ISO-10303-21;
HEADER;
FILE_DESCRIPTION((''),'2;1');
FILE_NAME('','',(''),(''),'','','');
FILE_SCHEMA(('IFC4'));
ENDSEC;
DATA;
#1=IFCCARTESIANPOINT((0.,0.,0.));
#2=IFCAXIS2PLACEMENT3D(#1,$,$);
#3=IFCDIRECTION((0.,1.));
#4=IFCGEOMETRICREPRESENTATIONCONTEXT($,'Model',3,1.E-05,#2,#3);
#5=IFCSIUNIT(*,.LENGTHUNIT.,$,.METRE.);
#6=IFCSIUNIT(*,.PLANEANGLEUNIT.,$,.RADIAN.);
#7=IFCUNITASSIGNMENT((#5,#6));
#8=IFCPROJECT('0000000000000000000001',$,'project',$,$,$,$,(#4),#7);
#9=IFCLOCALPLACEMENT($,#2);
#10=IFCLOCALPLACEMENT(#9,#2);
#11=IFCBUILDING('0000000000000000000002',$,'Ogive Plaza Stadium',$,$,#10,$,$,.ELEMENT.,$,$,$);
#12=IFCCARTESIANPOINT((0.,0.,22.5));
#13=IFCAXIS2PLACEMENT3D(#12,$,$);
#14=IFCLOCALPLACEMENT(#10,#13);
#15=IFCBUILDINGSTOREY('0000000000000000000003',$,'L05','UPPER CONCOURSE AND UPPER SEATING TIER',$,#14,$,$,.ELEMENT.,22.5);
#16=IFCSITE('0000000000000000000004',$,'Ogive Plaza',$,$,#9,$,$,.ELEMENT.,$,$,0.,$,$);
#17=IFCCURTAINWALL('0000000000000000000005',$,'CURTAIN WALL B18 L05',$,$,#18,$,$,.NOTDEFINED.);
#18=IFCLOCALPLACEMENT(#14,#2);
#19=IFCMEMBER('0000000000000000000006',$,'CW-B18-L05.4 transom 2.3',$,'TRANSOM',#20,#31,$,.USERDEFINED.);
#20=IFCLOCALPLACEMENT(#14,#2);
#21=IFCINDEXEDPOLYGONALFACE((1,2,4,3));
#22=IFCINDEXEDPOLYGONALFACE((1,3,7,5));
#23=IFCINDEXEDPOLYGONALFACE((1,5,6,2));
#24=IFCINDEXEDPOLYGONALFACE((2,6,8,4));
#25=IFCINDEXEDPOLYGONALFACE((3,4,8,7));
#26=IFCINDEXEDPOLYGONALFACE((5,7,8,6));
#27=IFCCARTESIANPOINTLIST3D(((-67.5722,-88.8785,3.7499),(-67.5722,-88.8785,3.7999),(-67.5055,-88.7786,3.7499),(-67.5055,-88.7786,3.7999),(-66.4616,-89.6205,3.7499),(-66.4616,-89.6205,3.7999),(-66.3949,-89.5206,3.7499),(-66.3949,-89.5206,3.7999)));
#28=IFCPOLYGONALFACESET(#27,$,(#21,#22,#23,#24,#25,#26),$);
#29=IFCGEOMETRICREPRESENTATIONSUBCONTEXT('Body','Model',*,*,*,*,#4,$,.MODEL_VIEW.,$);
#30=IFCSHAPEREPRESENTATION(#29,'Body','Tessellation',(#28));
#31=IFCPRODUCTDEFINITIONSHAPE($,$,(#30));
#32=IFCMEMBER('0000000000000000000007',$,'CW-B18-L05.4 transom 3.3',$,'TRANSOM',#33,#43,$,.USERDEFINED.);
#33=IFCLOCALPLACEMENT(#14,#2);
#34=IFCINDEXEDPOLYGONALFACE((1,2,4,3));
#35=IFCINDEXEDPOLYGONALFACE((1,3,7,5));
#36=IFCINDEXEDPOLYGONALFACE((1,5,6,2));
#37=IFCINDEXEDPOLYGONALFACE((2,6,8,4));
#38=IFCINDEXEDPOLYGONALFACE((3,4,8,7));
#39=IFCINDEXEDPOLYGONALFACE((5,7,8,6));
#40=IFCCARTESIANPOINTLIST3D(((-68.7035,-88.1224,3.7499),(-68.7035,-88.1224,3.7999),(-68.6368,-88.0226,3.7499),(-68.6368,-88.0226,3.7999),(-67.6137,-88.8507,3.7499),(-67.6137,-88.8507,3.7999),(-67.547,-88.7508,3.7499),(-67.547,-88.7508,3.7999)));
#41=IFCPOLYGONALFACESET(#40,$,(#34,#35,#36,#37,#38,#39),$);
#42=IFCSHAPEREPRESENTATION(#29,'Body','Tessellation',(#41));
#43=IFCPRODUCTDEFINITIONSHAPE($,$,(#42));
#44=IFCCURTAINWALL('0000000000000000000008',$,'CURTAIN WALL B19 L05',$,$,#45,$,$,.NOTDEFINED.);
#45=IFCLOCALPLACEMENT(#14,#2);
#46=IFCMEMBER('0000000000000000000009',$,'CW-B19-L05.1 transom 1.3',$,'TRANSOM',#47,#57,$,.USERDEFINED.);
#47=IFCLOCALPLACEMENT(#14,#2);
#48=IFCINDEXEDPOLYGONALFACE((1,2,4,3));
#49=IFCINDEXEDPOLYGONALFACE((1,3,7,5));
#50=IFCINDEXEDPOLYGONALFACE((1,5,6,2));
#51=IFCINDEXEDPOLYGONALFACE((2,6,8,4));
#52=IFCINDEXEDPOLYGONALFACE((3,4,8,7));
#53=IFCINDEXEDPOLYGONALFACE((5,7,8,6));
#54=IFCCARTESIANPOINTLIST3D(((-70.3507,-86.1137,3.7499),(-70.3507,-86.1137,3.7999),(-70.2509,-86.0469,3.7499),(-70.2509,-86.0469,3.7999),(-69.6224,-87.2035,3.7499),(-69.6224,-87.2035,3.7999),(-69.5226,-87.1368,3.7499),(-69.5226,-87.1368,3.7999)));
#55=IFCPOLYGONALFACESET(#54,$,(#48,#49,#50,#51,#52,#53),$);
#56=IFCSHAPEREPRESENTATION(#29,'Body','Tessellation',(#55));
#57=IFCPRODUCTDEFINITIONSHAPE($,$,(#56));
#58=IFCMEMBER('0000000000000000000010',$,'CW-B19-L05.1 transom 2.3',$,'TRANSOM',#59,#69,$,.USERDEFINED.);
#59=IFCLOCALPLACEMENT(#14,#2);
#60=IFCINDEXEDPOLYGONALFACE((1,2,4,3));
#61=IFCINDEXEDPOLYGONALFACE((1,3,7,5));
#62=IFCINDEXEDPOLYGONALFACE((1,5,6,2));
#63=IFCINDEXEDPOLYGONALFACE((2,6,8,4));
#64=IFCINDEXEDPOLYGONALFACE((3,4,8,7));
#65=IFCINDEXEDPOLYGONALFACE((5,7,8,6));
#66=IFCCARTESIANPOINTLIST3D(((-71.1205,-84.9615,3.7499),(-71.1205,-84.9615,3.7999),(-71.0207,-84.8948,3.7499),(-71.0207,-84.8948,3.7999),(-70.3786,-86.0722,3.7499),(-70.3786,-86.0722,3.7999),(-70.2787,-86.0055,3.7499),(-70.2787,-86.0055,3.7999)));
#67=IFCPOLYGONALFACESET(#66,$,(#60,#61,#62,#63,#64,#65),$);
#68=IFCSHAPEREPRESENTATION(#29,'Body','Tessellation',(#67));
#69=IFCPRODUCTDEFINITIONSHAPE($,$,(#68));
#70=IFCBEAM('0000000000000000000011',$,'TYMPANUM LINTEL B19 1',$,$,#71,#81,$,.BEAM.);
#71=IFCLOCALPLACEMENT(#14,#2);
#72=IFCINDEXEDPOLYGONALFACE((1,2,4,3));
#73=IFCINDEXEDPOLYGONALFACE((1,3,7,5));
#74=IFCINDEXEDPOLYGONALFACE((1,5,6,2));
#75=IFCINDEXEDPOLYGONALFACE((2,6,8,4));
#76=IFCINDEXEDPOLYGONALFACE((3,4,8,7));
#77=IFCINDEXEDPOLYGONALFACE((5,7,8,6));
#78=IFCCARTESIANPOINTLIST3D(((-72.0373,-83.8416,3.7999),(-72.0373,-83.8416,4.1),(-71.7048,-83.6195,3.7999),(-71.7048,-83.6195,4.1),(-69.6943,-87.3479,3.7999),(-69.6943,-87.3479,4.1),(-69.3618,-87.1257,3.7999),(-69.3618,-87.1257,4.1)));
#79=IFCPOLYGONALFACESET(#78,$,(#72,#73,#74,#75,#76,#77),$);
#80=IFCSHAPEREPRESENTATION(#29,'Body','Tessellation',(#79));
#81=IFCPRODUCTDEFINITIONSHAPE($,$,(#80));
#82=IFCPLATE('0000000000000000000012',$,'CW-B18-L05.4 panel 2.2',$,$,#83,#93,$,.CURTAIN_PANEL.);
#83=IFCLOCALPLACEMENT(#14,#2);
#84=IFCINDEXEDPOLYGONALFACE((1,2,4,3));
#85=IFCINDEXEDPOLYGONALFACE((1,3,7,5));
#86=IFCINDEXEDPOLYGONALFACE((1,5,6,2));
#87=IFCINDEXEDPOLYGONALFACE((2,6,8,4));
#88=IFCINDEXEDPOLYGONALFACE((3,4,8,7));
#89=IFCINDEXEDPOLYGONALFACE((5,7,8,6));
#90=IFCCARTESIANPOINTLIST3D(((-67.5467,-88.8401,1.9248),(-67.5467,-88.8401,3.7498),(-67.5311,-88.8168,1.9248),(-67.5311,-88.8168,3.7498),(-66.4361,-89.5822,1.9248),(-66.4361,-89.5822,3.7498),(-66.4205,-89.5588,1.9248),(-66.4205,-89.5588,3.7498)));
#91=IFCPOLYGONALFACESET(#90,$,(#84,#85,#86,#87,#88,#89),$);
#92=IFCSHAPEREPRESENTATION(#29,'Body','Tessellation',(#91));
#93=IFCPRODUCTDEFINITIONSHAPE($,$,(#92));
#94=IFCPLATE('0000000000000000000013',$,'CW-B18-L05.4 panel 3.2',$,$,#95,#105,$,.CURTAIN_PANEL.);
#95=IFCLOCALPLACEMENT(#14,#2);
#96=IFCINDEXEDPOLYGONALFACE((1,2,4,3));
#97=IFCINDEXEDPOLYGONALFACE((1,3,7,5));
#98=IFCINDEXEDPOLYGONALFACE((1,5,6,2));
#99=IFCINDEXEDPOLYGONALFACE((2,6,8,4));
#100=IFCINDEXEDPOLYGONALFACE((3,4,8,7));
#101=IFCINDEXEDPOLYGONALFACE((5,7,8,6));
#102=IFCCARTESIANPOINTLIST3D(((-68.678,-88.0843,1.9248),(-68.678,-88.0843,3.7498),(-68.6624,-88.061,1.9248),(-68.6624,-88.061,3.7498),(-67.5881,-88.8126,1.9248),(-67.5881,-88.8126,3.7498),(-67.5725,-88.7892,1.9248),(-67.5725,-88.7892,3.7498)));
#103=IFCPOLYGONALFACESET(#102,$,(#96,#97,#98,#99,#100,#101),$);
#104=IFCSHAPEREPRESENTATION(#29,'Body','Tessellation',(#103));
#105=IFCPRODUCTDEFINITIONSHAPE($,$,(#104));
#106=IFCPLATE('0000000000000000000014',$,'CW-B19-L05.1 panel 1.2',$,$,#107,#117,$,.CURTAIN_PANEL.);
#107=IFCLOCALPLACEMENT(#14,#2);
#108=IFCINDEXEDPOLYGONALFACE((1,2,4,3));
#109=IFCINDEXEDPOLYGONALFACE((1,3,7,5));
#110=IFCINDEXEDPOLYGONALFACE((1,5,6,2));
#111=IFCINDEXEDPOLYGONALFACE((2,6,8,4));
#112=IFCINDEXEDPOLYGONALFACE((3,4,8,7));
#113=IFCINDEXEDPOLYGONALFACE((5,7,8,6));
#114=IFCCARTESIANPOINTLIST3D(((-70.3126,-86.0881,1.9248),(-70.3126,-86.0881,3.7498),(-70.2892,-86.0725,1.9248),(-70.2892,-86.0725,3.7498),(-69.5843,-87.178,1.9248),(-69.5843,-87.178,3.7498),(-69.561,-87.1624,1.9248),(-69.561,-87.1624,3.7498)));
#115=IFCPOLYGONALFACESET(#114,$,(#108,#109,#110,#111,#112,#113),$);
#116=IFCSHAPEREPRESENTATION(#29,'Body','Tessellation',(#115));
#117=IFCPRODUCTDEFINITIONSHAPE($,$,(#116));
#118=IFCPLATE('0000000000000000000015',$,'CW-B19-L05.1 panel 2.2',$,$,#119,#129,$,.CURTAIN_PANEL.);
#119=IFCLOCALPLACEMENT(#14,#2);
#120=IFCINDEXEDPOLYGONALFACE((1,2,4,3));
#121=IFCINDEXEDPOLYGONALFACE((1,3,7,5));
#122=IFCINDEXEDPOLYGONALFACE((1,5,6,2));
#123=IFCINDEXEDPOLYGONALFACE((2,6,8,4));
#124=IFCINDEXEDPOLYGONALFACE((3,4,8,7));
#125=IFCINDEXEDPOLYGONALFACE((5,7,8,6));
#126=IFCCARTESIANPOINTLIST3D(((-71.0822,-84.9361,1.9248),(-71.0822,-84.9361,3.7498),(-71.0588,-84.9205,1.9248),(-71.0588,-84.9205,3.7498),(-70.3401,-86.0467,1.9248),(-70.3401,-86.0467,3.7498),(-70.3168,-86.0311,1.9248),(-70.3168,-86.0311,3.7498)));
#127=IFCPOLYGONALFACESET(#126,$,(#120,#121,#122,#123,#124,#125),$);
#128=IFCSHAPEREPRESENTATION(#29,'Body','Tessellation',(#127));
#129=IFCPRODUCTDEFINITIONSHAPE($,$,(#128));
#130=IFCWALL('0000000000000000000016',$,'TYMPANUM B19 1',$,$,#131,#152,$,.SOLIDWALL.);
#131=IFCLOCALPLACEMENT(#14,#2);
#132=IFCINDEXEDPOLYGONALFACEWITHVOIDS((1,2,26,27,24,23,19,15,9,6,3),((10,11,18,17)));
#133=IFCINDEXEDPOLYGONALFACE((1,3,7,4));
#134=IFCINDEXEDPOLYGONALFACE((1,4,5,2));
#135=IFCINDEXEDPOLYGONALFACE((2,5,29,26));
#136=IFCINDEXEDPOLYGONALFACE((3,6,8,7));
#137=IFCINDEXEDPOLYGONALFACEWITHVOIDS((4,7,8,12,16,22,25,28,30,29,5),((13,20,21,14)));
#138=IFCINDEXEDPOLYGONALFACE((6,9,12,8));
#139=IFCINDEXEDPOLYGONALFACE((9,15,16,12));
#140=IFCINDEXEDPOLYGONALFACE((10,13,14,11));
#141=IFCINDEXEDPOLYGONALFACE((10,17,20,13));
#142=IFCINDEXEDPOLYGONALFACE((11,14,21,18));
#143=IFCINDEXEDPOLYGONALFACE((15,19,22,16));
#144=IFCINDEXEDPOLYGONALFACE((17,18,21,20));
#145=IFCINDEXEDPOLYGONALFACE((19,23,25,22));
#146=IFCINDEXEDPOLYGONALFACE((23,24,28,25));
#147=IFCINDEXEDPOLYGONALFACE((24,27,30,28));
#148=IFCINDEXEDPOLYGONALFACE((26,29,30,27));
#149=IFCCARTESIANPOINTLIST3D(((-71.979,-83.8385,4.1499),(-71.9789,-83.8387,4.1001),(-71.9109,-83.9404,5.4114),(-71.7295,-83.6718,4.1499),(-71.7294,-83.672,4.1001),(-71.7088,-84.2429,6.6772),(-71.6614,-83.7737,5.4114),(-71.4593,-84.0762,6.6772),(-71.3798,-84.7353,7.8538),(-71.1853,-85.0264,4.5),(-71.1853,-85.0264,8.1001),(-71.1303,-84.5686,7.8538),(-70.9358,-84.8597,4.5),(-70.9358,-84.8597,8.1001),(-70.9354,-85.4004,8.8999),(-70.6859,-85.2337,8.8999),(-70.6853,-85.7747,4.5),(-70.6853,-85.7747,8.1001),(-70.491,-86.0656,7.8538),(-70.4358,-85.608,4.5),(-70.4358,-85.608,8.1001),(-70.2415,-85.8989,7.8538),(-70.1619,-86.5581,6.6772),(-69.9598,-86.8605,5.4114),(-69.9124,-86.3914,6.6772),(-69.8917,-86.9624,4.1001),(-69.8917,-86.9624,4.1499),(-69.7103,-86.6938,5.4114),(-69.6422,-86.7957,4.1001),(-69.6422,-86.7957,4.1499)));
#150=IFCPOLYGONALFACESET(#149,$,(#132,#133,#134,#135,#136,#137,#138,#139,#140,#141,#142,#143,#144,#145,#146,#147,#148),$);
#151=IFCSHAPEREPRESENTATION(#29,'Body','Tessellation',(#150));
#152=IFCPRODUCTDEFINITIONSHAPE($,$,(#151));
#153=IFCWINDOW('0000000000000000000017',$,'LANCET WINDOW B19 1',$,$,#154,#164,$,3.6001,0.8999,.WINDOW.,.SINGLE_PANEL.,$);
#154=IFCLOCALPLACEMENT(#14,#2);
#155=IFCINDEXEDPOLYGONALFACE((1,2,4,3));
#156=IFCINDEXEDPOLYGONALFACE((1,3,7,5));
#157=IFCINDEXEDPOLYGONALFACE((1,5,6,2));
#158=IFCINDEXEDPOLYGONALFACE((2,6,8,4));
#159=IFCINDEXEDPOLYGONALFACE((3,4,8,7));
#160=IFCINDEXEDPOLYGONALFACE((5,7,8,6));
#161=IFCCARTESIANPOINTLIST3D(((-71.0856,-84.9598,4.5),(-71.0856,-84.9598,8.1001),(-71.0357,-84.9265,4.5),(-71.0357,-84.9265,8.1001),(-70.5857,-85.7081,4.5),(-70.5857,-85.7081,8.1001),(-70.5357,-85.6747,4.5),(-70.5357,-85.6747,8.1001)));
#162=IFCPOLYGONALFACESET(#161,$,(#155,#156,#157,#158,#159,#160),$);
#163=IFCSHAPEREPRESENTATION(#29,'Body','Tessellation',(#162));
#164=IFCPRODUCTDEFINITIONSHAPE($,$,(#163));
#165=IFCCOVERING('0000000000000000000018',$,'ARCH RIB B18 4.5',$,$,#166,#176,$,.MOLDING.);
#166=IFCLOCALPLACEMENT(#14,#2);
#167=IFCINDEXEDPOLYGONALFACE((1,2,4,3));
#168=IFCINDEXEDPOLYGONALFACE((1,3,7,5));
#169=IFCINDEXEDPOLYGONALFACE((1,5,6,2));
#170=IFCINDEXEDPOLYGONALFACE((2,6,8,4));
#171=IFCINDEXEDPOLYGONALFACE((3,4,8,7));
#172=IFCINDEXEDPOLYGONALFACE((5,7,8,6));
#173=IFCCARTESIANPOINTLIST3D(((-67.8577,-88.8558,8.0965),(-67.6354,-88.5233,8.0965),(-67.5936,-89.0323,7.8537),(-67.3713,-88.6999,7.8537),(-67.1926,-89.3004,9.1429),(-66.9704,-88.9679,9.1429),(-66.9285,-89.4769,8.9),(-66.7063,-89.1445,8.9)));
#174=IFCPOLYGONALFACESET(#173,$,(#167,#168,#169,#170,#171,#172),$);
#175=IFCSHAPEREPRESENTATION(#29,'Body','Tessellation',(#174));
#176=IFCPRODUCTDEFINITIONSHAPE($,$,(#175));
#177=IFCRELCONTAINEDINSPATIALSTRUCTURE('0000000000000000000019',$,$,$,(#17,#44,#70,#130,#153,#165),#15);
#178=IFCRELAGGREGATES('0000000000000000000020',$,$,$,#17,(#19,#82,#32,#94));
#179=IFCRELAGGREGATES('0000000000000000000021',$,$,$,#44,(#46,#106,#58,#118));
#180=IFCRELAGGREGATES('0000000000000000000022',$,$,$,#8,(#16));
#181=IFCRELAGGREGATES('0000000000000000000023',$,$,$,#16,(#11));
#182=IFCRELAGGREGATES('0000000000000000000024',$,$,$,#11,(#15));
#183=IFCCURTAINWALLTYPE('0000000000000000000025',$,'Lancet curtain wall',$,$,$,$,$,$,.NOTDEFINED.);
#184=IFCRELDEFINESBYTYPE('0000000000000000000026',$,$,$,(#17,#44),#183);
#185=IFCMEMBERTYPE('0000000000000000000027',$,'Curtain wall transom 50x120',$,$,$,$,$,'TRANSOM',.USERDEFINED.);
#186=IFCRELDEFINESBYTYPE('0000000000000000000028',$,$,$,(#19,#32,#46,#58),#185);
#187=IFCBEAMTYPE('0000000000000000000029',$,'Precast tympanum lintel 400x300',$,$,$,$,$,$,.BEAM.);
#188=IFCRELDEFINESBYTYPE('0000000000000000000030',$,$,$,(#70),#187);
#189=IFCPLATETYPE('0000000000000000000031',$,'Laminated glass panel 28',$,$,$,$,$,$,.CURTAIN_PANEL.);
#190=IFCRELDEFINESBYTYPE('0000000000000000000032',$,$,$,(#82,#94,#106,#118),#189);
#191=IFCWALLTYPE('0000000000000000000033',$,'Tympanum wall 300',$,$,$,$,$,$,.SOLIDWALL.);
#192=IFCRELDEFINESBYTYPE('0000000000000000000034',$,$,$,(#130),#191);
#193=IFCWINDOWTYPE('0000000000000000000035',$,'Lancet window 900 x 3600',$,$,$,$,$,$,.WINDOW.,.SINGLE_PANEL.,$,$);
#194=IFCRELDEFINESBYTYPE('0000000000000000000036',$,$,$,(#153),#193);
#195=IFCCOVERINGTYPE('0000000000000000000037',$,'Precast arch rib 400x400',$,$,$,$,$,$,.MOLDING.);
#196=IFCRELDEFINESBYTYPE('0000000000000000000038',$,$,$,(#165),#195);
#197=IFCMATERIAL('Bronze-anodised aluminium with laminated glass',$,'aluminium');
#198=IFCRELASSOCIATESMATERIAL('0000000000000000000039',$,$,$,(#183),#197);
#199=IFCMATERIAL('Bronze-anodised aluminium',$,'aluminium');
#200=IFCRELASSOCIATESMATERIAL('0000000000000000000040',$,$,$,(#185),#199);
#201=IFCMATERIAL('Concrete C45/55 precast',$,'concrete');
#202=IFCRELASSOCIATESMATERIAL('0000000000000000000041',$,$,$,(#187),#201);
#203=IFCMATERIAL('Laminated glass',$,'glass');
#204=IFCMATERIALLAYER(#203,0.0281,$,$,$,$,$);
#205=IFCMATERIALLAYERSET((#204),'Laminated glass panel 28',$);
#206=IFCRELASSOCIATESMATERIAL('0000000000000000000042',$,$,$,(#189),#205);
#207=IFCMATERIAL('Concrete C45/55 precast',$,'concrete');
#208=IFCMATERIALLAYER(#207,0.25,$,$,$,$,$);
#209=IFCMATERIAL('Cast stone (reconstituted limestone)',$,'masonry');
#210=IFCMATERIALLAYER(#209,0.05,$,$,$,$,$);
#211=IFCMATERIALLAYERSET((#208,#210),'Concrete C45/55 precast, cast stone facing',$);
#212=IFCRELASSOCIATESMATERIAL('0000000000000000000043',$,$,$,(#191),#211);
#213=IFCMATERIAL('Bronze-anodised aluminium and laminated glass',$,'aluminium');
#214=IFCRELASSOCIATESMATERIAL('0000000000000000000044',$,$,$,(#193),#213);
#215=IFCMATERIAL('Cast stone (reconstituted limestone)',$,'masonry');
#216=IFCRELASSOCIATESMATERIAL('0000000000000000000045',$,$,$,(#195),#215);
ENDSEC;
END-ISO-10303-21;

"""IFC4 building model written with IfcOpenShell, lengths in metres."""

from ifc_helpers import new_model, si_unit, direction, frame, frame_2d, origin, origin_2d, place, context, subcontext, project, spatial, polyline, rectangle, outline, extrude, material, layer, layer_set, material_profile, profile_set, type_object, element, fill, aggregate, save


model = new_model("IFC4")

# Units and contexts
model_context = context("Model", 3, precision=1e-05, world=origin(), true_north=direction((0.0, 1.0)))
body_context = subcontext(model_context, "Body", "Model", "MODEL_VIEW")
ifc_project = project(units=[si_unit("LENGTHUNIT", "METRE"), si_unit("PLANEANGLEUNIT", "RADIAN")], contexts=[model_context])

# Site, building, storey
site_placement = place(None, origin())
site = spatial("IfcSite", under=ifc_project, at=site_placement, Name="Ogive Plaza", CompositionType="ELEMENT", RefElevation=0.0)
building_placement = place(site_placement, origin())
building = spatial("IfcBuilding", under=site, at=building_placement, Name="Ogive Plaza Stadium", CompositionType="ELEMENT")
storey_placement = place(building_placement, frame((0.0, 0.0, 22.5)))
storey = spatial("IfcBuildingStorey", under=building, at=storey_placement, Name="L05", Description="UPPER CONCOURSE AND UPPER SEATING TIER", CompositionType="ELEMENT", Elevation=22.5)

# Curtain walls, members
ifc_material_1 = material(Name="Bronze-anodised aluminium with laminated glass", Category="aluminium")
curtain_wall_type = type_object("IfcCurtainWallType", Name="Lancet curtain wall", PredefinedType="NOTDEFINED", material=ifc_material_1)
curtain_wall_1_placement = place(storey_placement, origin())
curtain_wall_1 = element("IfcCurtainWall", 1, at=curtain_wall_1_placement, inside=storey, type_object=curtain_wall_type, Name="CURTAIN WALL B18 L05", PredefinedType="NOTDEFINED")
ifc_material_2 = material(Name="Bronze-anodised aluminium", Category="aluminium")
ifc_material_profile_1 = material_profile(ifc_material_2, rectangle(XDim=0.1201, YDim=0.05, at=origin_2d()), Name="AL 120x50")
ifc_profile_set_1 = profile_set([ifc_material_profile_1], Name="Bronze-anodised aluminium")
member_type = type_object("IfcMemberType", Name="Curtain wall transom 50x120", ElementType="TRANSOM", PredefinedType="USERDEFINED", material=ifc_profile_set_1)
member_1_placement = place(storey_placement, frame((-66.4282, -89.5706, 3.7749), z_axis=(-0.831516, 0.555501, 0.0), x_axis=(-0.555501, -0.831516, 0.0)))
member_1 = element("IfcMember", 2, at=member_1_placement, type_object=member_type, Name="CW-B18-L05.4 transom 2.3", ObjectType="TRANSOM", PredefinedType="USERDEFINED", context=body_context, shape_type="SweptSolid", body=[
    extrude(rectangle(XDim=0.1201, YDim=0.05, at=origin_2d()), origin(), (0.0, 0.0, 1.0), 1.3357),
])
member_2_placement = place(storey_placement, frame((-67.5803, -88.8008, 3.7749), z_axis=(-0.831448, 0.555602, 0.0), x_axis=(-0.555602, -0.831448, 0.0)))
member_2 = element("IfcMember", 3, at=member_2_placement, type_object=member_type, Name="CW-B18-L05.4 transom 3.3", ObjectType="TRANSOM", PredefinedType="USERDEFINED", context=body_context, shape_type="SweptSolid", body=[
    extrude(rectangle(XDim=0.1201, YDim=0.05, at=origin_2d()), origin(), (0.0, 0.0, 1.0), 1.3108),
])
curtain_wall_2_placement = place(storey_placement, origin())
curtain_wall_2 = element("IfcCurtainWall", 4, at=curtain_wall_2_placement, inside=storey, type_object=curtain_wall_type, Name="CURTAIN WALL B19 L05", PredefinedType="NOTDEFINED")
member_3_placement = place(storey_placement, frame((-69.5725, -87.1702, 3.7749), z_axis=(-0.555602, 0.831448, 0.0), x_axis=(-0.831448, -0.555602, 0.0)))
member_3 = element("IfcMember", 5, at=member_3_placement, type_object=member_type, Name="CW-B19-L05.1 transom 1.3", ObjectType="TRANSOM", PredefinedType="USERDEFINED", context=body_context, shape_type="SweptSolid", body=[
    extrude(rectangle(XDim=0.1201, YDim=0.05, at=origin_2d()), origin(), (0.0, 0.0, 1.0), 1.3108),
])
member_4_placement = place(storey_placement, frame((-70.3286, -86.0388, 3.7749), z_axis=(-0.555501, 0.831516, 0.0), x_axis=(-0.831516, -0.555501, 0.0)))
member_4 = element("IfcMember", 6, at=member_4_placement, type_object=member_type, Name="CW-B19-L05.1 transom 2.3", ObjectType="TRANSOM", PredefinedType="USERDEFINED", context=body_context, shape_type="SweptSolid", body=[
    extrude(rectangle(XDim=0.1201, YDim=0.05, at=origin_2d()), origin(), (0.0, 0.0, 1.0), 1.3357),
])

# Beam
ifc_material_3 = material(Name="Concrete C45/55 precast", Category="concrete")
ifc_material_profile_2 = material_profile(ifc_material_3, rectangle(XDim=0.3999, YDim=0.3, at=origin_2d()), Name="RC 400x300")
ifc_profile_set_2 = profile_set([ifc_material_profile_2], Name="Concrete C45/55 precast")
beam_type = type_object("IfcBeamType", Name="Precast tympanum lintel 400x300", PredefinedType="BEAM", material=ifc_profile_set_2)
beam_placement = place(storey_placement, frame((-69.5281, -87.2368, 3.95), z_axis=(-0.555595, 0.831453, 0.0), x_axis=(-0.831453, -0.555595, 0.0)))
element("IfcBeam", 7, at=beam_placement, inside=storey, type_object=beam_type, Name="TYMPANUM LINTEL B19 1", PredefinedType="BEAM", context=body_context, shape_type="SweptSolid", body=[
    extrude(rectangle(XDim=0.3999, YDim=0.3, at=origin_2d()), origin(), (0.0, 0.0, 1.0), 4.217),
])

# Plates
ifc_material_4 = material(Name="Laminated glass", Category="glass")
ifc_layer_1 = layer(ifc_material_4, 0.0281)
ifc_layer_set_1 = layer_set([ifc_layer_1], Name="Laminated glass panel 28")
plate_type = type_object("IfcPlateType", Name="Laminated glass panel 28", PredefinedType="CURTAIN_PANEL", material=ifc_layer_set_1)
plate_1_placement = place(storey_placement, frame((-66.9836, -89.1995, 1.9248), z_axis=(0.0, 0.0, 1.0), x_axis=(-0.83147, 0.55557, 0.0)))
plate_1 = element("IfcPlate", 8, at=plate_1_placement, type_object=plate_type, Name="CW-B18-L05.4 panel 2.2", PredefinedType="CURTAIN_PANEL", context=body_context, shape_type="SweptSolid", body=[
    extrude(rectangle(XDim=1.3357, YDim=0.0281, at=origin_2d()), origin(), (0.0, 0.0, 1.0), 1.825),
])
plate_2_placement = place(storey_placement, frame((-68.1252, -88.4368, 1.9248), z_axis=(0.0, 0.0, 1.0), x_axis=(-0.83147, 0.55557, 0.0)))
plate_2 = element("IfcPlate", 9, at=plate_2_placement, type_object=plate_type, Name="CW-B18-L05.4 panel 3.2", PredefinedType="CURTAIN_PANEL", context=body_context, shape_type="SweptSolid", body=[
    extrude(rectangle(XDim=1.3108, YDim=0.0281, at=origin_2d()), origin(), (0.0, 0.0, 1.0), 1.825),
])
aggregate(curtain_wall_1, [member_1, plate_1, member_2, plate_2])
plate_3_placement = place(storey_placement, frame((-69.9368, -86.6252, 1.9248), z_axis=(0.0, 0.0, 1.0), x_axis=(-0.55557, 0.83147, 0.0)))
plate_3 = element("IfcPlate", 10, at=plate_3_placement, type_object=plate_type, Name="CW-B19-L05.1 panel 1.2", PredefinedType="CURTAIN_PANEL", context=body_context, shape_type="SweptSolid", body=[
    extrude(rectangle(XDim=1.3108, YDim=0.0281, at=origin_2d()), origin(), (0.0, 0.0, 1.0), 1.825),
])
plate_4_placement = place(storey_placement, frame((-70.6995, -85.4836, 1.9248), z_axis=(0.0, 0.0, 1.0), x_axis=(-0.55557, 0.83147, 0.0)))
plate_4 = element("IfcPlate", 11, at=plate_4_placement, type_object=plate_type, Name="CW-B19-L05.1 panel 2.2", PredefinedType="CURTAIN_PANEL", context=body_context, shape_type="SweptSolid", body=[
    extrude(rectangle(XDim=1.3357, YDim=0.0281, at=origin_2d()), origin(), (0.0, 0.0, 1.0), 1.825),
])
aggregate(curtain_wall_2, [member_3, plate_3, member_4, plate_4])

# Wall, opening, window
ifc_material_5 = material(Name="Concrete C45/55 precast", Category="concrete")
ifc_layer_2 = layer(ifc_material_5, 0.25)
ifc_material_6 = material(Name="Cast stone (reconstituted limestone)", Category="masonry")
ifc_layer_3 = layer(ifc_material_6, 0.05)
ifc_layer_set_2 = layer_set([ifc_layer_2, ifc_layer_3], Name="Concrete C45/55 precast, cast stone facing")
wall_type = type_object("IfcWallType", Name="Tympanum wall 300", PredefinedType="SOLIDWALL", material=ifc_layer_set_2)
wall_placement = place(storey_placement, frame((-69.7671, -86.8792, 4.1001), z_axis=(0.0, 0.0, 1.0), x_axis=(-0.555555, 0.83148, 0.0)))
wall = element("IfcWall", 12, at=wall_placement, inside=storey, type_object=wall_type, Name="TYMPANUM B19 1", PredefinedType="SOLIDWALL", context=body_context, shape_type="SweptSolid", body=[
    extrude(outline(polyline([(0.0, 0.0), (3.7568, 0.0), (3.7571, 0.0498), (3.6345, 1.3113), (3.2708, 2.5771), (2.6785, 3.7537), (1.8787, 4.7998), (1.0786, 3.7537), (0.4863, 2.5771), (0.1226, 1.3113), (0.0, 0.0498), (0.0, 0.0)])), frame((0.0, 0.1499, 0.0), z_axis=(0.0, -1.0, 0.0), x_axis=(1.0, 0.0, 0.0)), (0.0, 0.0, 1.0), 0.3),
])
opening_placement = place(wall_placement, frame((1.4285, 0.0, 0.3999)))
opening = element("IfcOpeningElement", 13, at=opening_placement, cuts=wall, PredefinedType="OPENING", context=body_context, shape_type="SweptSolid", body=[
    extrude(rectangle(XDim=0.8999, YDim=3.6001, at=frame_2d((0.45, 1.8))), frame((0.0, 0.1602, 0.0), z_axis=(0.0, -1.0, 0.0), x_axis=(1.0, 0.0, 0.0)), (0.0, 0.0, 1.0), 0.3201),
])
ifc_material_7 = material(Name="Bronze-anodised aluminium and laminated glass", Category="aluminium")
window_type = type_object("IfcWindowType", Name="Lancet window 900 x 3600", PartitioningType="SINGLE_PANEL", PredefinedType="WINDOW", material=ifc_material_7)
window_placement = place(opening_placement, origin())
window = element("IfcWindow", 14, at=window_placement, inside=storey, type_object=window_type, Name="LANCET WINDOW B19 1", OverallHeight=3.6001, OverallWidth=0.8999, PartitioningType="SINGLE_PANEL", PredefinedType="WINDOW", context=body_context, shape_type="SweptSolid", body=[
    extrude(rectangle(XDim=0.8999, YDim=3.6001, at=frame_2d((0.45, 1.8))), frame((0.0, 0.03, 0.0), z_axis=(0.0, -1.0, 0.0), x_axis=(1.0, 0.0, 0.0)), (0.0, 0.0, 1.0), 0.0601),
])
fill(opening, window)

# Covering
ifc_material_8 = material(Name="Cast stone (reconstituted limestone)", Category="masonry")
ifc_material_profile_3 = material_profile(ifc_material_8, rectangle(XDim=0.3999, YDim=0.3999, at=origin_2d()), Name="Cast stone 400x400")
ifc_profile_set_3 = profile_set([ifc_material_profile_3], Name="Cast stone (reconstituted limestone)")
covering_type = type_object("IfcCoveringType", Name="Precast arch rib 400x400", PredefinedType="MOLDING", material=ifc_profile_set_3)
for number, where, z_axis, x_axis, name in (
    (15, (-66.9495, -89.2224, 9.0215), (-0.504912, 0.337535, -0.794439), (-0.555756, -0.831345, 0.0), "ARCH RIB B18 4.5"),
):
    element("IfcCovering", number, at=place(storey_placement, frame(where, z_axis=z_axis, x_axis=x_axis)), inside=storey, type_object=covering_type, Name=name, PredefinedType="MOLDING", context=body_context, shape_type="SweptSolid", body=[
        extrude(rectangle(XDim=0.3999, YDim=0.3999, at=origin_2d()), origin(), (0.0, 0.0, 1.0), 1.3171),
    ])

save(model, "model.ifc")
